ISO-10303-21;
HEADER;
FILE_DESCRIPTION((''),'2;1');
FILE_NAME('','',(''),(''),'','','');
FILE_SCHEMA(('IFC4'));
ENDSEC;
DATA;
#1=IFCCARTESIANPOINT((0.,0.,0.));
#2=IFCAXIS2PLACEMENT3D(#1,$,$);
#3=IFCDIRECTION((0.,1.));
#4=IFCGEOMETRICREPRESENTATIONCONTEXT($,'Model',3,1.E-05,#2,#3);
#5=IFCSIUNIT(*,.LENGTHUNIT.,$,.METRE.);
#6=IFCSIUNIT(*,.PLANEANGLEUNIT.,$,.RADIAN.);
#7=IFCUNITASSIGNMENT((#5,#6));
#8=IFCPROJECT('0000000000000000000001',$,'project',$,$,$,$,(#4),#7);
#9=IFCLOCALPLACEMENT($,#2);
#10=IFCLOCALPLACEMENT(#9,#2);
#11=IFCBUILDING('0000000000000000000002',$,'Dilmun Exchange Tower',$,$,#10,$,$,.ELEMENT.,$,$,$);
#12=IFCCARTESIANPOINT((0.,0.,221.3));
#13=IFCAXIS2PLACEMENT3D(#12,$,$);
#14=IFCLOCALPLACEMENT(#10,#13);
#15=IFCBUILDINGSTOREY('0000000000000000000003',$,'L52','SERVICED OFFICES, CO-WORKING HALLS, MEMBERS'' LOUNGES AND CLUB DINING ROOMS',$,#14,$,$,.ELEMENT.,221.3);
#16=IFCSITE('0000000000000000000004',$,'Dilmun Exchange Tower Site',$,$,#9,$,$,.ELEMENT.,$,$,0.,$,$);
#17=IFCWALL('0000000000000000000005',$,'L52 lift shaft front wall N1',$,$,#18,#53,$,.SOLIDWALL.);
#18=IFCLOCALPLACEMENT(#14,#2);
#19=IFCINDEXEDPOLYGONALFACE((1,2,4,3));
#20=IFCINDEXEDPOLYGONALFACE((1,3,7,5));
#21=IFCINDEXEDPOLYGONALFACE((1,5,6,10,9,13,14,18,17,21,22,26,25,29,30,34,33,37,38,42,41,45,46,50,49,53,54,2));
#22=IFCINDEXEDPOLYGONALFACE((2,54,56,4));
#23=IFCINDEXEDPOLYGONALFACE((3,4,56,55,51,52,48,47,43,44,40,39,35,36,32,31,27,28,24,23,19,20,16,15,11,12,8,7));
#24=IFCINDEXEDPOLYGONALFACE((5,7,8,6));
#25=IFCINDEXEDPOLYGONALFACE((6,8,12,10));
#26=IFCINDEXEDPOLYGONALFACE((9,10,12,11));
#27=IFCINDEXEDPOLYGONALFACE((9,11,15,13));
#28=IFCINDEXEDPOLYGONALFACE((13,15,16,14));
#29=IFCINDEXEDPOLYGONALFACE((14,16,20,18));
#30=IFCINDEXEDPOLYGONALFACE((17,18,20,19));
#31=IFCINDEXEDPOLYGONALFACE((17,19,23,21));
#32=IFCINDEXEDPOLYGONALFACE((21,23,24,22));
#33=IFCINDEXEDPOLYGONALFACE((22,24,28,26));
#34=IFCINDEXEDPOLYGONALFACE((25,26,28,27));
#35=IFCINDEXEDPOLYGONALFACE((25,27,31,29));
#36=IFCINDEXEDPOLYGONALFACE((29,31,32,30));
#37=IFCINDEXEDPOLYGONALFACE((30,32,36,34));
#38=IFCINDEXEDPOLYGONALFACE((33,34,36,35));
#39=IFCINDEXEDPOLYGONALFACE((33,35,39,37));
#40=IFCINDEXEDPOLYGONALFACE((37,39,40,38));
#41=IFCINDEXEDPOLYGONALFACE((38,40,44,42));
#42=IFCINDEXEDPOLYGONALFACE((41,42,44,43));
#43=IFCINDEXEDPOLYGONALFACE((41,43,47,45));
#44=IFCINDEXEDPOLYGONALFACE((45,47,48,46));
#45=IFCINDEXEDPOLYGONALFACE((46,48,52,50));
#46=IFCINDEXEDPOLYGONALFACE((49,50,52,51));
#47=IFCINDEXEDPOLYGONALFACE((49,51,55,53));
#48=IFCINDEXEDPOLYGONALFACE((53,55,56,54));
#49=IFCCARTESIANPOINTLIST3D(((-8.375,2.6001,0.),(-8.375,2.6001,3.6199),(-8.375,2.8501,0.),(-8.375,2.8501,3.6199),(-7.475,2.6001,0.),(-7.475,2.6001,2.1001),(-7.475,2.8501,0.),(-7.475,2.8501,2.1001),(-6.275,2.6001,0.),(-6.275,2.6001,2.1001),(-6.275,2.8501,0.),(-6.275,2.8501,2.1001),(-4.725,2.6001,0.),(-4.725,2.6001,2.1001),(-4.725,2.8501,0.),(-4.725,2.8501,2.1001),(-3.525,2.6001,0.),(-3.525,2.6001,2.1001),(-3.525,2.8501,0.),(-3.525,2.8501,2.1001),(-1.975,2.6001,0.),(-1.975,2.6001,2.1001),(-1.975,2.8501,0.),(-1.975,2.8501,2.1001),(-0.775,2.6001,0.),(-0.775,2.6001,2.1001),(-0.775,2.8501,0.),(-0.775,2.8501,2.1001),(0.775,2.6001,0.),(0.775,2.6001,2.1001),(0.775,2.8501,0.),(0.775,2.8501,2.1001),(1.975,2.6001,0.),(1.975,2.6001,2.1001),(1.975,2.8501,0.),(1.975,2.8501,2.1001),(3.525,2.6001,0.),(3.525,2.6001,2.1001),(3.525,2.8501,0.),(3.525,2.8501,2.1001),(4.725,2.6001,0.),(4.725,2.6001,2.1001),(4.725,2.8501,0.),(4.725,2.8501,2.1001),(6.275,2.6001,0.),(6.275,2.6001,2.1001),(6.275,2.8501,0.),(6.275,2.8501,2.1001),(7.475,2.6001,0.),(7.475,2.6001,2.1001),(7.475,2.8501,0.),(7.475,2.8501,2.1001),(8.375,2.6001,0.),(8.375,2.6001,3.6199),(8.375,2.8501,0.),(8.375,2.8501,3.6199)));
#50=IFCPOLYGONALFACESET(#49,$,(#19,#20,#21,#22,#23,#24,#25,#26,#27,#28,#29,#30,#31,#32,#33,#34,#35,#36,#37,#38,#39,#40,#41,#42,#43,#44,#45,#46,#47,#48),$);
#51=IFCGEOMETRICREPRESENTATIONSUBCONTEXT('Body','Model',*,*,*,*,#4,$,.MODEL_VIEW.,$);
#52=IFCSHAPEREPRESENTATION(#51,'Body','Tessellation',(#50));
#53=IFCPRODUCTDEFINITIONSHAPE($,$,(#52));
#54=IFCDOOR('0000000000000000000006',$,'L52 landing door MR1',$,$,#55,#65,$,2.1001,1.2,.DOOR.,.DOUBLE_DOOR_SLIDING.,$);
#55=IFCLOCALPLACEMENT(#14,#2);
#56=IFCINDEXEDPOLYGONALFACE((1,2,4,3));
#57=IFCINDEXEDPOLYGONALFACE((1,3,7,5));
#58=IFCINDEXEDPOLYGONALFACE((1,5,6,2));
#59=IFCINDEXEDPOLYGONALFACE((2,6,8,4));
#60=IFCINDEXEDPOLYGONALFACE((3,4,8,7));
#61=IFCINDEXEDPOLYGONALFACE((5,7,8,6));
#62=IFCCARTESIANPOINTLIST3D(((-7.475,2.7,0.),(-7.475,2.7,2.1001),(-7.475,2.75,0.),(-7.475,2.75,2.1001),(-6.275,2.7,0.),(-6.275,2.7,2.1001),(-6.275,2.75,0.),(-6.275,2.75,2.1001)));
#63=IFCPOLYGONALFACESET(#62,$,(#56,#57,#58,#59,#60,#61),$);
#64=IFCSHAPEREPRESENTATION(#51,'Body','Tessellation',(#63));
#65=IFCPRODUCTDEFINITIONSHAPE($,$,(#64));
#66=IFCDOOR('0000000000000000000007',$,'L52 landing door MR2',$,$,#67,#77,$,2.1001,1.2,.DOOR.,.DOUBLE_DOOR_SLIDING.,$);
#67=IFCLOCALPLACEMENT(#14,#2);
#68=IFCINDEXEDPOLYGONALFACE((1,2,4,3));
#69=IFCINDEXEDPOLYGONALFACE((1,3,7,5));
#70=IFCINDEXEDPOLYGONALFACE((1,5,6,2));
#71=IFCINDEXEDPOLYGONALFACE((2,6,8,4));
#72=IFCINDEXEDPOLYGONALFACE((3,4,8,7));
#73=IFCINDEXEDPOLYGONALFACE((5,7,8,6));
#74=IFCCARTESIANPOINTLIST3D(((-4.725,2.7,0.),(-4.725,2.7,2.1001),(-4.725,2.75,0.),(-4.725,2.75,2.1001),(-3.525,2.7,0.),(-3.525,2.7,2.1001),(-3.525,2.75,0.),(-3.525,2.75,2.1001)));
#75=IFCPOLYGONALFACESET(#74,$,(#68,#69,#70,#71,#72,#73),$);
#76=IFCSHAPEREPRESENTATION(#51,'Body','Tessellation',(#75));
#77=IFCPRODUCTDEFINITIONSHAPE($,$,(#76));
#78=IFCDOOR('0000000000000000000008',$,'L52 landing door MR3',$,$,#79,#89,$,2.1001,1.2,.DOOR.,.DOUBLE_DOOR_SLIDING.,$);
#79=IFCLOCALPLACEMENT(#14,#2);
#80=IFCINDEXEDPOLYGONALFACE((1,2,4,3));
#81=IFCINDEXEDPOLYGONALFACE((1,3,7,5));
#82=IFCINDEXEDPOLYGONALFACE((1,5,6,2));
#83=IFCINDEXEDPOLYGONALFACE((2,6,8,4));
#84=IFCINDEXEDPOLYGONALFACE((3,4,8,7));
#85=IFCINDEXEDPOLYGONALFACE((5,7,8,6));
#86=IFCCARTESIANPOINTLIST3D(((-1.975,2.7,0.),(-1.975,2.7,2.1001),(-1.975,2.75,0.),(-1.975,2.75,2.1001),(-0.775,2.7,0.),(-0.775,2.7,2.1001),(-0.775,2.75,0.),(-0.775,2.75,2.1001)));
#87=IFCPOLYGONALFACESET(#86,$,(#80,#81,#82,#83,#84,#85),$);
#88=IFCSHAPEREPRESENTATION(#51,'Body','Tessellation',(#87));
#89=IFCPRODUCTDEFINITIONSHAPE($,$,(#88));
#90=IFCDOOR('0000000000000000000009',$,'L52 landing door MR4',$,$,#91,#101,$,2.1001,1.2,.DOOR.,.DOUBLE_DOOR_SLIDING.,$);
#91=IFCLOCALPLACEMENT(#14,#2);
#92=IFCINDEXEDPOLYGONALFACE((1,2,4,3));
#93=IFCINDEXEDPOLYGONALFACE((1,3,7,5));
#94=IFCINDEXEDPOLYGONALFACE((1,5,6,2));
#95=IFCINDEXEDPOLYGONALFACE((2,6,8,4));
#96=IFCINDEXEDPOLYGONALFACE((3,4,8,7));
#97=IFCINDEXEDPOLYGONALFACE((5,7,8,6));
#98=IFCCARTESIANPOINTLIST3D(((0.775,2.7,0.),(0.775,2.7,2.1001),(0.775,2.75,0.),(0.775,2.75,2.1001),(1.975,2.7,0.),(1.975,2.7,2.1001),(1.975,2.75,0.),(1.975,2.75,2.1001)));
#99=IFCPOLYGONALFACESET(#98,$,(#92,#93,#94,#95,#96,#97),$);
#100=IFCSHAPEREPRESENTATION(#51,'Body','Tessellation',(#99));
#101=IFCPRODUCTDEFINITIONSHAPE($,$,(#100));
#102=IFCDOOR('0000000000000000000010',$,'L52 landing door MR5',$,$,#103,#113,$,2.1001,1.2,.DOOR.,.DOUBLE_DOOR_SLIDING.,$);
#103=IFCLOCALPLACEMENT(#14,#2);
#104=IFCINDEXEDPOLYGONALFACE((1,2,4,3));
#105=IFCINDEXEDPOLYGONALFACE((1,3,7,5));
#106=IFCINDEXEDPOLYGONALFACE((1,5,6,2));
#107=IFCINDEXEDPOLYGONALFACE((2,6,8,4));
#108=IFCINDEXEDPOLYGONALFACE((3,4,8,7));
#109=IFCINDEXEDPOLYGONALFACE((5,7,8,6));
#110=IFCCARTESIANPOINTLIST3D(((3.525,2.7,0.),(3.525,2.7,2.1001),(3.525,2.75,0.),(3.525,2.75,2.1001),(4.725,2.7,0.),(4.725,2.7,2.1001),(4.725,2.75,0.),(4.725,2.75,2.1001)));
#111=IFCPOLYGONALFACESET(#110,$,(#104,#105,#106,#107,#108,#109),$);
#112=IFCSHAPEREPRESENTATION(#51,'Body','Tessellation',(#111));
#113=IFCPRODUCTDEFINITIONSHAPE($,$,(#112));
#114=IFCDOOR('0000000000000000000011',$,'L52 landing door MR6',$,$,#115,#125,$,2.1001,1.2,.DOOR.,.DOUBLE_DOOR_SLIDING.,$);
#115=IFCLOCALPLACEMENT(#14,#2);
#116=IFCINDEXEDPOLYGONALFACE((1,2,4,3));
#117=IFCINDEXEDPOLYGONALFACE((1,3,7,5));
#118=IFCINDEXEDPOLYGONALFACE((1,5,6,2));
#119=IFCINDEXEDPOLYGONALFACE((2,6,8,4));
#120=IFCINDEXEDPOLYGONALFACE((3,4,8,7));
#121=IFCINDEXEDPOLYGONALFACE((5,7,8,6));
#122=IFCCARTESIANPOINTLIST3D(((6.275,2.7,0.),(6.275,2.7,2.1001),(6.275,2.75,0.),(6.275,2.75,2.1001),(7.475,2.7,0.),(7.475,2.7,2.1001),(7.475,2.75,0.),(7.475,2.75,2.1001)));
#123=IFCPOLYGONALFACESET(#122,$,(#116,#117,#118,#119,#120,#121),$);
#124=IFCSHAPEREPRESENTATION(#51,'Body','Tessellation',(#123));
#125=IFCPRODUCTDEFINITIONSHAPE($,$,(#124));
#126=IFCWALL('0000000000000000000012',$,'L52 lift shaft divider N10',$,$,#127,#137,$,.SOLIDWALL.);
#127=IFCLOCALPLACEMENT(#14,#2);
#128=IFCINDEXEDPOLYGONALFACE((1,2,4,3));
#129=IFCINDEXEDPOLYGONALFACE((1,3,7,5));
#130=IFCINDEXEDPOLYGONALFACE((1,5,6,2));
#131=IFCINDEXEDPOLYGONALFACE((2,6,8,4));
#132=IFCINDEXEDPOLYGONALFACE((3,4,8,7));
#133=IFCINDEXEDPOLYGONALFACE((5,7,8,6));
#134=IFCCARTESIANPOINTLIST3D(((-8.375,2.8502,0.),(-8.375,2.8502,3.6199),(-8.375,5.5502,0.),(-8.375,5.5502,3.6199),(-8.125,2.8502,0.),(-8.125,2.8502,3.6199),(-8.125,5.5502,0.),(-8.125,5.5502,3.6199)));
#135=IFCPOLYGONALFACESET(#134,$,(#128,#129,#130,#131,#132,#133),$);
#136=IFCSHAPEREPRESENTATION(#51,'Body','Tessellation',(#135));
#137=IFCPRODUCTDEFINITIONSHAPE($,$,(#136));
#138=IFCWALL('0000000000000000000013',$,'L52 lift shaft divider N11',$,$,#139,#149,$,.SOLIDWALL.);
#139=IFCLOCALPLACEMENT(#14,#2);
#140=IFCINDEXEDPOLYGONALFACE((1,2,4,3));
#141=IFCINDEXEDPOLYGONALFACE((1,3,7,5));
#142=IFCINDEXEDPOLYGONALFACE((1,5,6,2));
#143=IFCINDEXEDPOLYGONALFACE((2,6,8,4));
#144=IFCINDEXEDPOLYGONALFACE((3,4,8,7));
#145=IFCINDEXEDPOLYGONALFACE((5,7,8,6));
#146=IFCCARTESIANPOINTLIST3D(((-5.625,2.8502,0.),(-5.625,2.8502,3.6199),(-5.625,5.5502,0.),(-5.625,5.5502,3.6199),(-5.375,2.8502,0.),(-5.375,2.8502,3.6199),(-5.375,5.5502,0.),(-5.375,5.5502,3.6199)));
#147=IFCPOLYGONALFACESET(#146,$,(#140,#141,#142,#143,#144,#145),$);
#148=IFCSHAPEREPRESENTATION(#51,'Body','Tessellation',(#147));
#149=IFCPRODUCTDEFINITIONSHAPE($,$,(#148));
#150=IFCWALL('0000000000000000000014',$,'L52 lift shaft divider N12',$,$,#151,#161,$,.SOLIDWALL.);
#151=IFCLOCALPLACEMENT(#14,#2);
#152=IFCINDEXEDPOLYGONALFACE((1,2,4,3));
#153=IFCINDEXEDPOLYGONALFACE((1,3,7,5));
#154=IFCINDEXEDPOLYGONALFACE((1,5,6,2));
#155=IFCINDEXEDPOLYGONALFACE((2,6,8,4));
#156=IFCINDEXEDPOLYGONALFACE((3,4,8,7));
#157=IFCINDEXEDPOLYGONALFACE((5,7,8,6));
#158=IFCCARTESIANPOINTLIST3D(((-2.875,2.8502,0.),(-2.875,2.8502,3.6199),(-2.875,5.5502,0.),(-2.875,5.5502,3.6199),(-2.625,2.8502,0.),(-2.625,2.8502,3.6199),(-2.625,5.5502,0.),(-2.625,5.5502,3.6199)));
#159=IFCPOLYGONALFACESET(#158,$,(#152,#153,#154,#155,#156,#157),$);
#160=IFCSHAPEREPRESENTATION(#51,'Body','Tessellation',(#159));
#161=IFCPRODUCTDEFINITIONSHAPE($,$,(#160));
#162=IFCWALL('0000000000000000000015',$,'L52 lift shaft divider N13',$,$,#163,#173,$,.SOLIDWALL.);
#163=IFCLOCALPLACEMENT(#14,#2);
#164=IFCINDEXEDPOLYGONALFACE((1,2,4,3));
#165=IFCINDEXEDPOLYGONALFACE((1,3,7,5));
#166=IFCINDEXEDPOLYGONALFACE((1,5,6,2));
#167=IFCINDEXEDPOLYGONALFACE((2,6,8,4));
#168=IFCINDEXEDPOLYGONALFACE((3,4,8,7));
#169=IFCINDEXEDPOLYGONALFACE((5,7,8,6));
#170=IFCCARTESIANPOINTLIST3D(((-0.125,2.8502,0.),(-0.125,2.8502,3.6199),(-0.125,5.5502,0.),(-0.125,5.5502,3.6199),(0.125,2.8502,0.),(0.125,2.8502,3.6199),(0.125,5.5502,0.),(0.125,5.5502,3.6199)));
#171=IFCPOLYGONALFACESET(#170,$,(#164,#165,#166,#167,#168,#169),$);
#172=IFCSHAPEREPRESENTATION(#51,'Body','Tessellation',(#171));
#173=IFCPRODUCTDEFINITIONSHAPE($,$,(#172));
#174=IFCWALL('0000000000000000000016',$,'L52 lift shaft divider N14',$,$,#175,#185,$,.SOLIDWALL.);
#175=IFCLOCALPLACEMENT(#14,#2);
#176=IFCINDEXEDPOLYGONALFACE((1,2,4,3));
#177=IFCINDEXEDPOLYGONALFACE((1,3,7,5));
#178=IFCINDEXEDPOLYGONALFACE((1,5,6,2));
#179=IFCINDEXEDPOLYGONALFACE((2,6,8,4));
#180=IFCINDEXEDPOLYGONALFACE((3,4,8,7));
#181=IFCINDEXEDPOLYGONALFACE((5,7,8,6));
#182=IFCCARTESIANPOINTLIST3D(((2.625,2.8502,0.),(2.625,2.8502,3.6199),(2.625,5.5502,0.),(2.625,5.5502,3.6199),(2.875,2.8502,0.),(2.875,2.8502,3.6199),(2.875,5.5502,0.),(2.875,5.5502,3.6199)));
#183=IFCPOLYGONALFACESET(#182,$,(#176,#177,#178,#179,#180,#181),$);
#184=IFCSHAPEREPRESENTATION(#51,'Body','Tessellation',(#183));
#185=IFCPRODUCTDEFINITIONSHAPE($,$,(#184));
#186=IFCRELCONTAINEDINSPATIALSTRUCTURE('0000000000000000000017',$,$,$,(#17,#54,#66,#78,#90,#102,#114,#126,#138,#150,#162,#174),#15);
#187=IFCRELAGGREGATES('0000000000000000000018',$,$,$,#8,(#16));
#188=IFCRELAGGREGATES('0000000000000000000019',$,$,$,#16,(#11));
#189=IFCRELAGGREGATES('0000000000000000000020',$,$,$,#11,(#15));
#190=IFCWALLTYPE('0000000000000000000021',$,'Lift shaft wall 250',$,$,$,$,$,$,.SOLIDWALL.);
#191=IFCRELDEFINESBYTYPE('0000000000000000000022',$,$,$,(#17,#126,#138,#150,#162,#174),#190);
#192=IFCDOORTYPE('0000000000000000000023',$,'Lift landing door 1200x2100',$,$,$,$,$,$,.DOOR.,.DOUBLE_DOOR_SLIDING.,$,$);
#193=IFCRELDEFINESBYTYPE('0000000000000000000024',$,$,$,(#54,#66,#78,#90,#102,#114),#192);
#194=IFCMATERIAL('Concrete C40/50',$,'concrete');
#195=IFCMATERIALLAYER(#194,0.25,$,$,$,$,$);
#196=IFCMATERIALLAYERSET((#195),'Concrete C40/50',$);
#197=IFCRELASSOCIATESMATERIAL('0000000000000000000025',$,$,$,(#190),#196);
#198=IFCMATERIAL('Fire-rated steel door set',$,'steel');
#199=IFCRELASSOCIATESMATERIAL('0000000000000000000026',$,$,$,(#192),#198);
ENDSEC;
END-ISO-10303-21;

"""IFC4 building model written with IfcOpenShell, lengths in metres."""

from ifc_helpers import new_model, si_unit, direction, frame, frame_2d, origin, place, context, subcontext, project, spatial, rectangle, extrude, material, layer, layer_set, type_object, element, fill, save


model = new_model("IFC4")

# Units and contexts
model_context = context("Model", 3, precision=1e-05, world=origin(), true_north=direction((0.0, 1.0)))
body_context = subcontext(model_context, "Body", "Model", "MODEL_VIEW")
ifc_project = project(units=[si_unit("LENGTHUNIT", "METRE"), si_unit("PLANEANGLEUNIT", "RADIAN")], contexts=[model_context])

# Site, building, storey
site_placement = place(None, origin())
site = spatial("IfcSite", under=ifc_project, at=site_placement, Name="Dilmun Exchange Tower Site", CompositionType="ELEMENT", RefElevation=0.0)
building_placement = place(site_placement, origin())
building = spatial("IfcBuilding", under=site, at=building_placement, Name="Dilmun Exchange Tower", CompositionType="ELEMENT")
storey_placement = place(building_placement, frame((0.0, 0.0, 221.3)))
storey = spatial("IfcBuildingStorey", under=building, at=storey_placement, Name="L52", Description="SERVICED OFFICES, CO-WORKING HALLS, MEMBERS' LOUNGES AND CLUB DINING ROOMS", CompositionType="ELEMENT", Elevation=221.3)

# Shared definitions
ifc_material_1 = material(Name="Concrete C40/50", Category="concrete")

# Shared definitions
ifc_material_2 = material(Name="Fire-rated steel door set", Category="steel")

# Wall, openings, doors
ifc_layer_1 = layer(ifc_material_1, 0.25)
ifc_layer_set_1 = layer_set([ifc_layer_1], Name="Concrete C40/50")
wall_type_1 = type_object("IfcWallType", Name="Lift shaft wall 250", PredefinedType="SOLIDWALL", material=ifc_layer_set_1)
wall_1_placement = place(storey_placement, frame((-8.375, 2.7251, 0.0), z_axis=(0.0, 0.0, 1.0), x_axis=(1.0, 0.0, 0.0)))
wall_1 = element("IfcWall", 1, at=wall_1_placement, inside=storey, type_object=wall_type_1, Name="L52 lift shaft front wall N1", PredefinedType="SOLIDWALL", context=body_context, shape_type="SweptSolid", body=[
    extrude(rectangle(XDim=16.75, YDim=0.25, at=frame_2d((8.375, 0.0))), origin(), (0.0, 0.0, 1.0), 3.6199),
])
opening_1_placement = place(wall_1_placement, frame((0.8999, 0.0, 0.0)))
opening_1 = element("IfcOpeningElement", 2, at=opening_1_placement, cuts=wall_1, PredefinedType="OPENING", context=body_context, shape_type="SweptSolid", body=[
    extrude(rectangle(XDim=1.2, YDim=2.1001, at=frame_2d((0.6001, 1.05))), frame((0.0, 0.135, 0.0), z_axis=(0.0, -1.0, 0.0), x_axis=(1.0, 0.0, 0.0)), (0.0, 0.0, 1.0), 0.27),
])
opening_2_placement = place(wall_1_placement, frame((3.6499, 0.0, 0.0)))
opening_2 = element("IfcOpeningElement", 3, at=opening_2_placement, cuts=wall_1, PredefinedType="OPENING", context=body_context, shape_type="SweptSolid", body=[
    extrude(rectangle(XDim=1.2, YDim=2.1001, at=frame_2d((0.6001, 1.05))), frame((0.0, 0.135, 0.0), z_axis=(0.0, -1.0, 0.0), x_axis=(1.0, 0.0, 0.0)), (0.0, 0.0, 1.0), 0.27),
])
opening_3_placement = place(wall_1_placement, frame((6.3999, 0.0, 0.0)))
opening_3 = element("IfcOpeningElement", 4, at=opening_3_placement, cuts=wall_1, PredefinedType="OPENING", context=body_context, shape_type="SweptSolid", body=[
    extrude(rectangle(XDim=1.2, YDim=2.1001, at=frame_2d((0.6001, 1.05))), frame((0.0, 0.135, 0.0), z_axis=(0.0, -1.0, 0.0), x_axis=(1.0, 0.0, 0.0)), (0.0, 0.0, 1.0), 0.27),
])
opening_4_placement = place(wall_1_placement, frame((9.1499, 0.0, 0.0)))
opening_4 = element("IfcOpeningElement", 5, at=opening_4_placement, cuts=wall_1, PredefinedType="OPENING", context=body_context, shape_type="SweptSolid", body=[
    extrude(rectangle(XDim=1.2, YDim=2.1001, at=frame_2d((0.6001, 1.05))), frame((0.0, 0.135, 0.0), z_axis=(0.0, -1.0, 0.0), x_axis=(1.0, 0.0, 0.0)), (0.0, 0.0, 1.0), 0.27),
])
opening_5_placement = place(wall_1_placement, frame((11.8999, 0.0, 0.0)))
opening_5 = element("IfcOpeningElement", 6, at=opening_5_placement, cuts=wall_1, PredefinedType="OPENING", context=body_context, shape_type="SweptSolid", body=[
    extrude(rectangle(XDim=1.2, YDim=2.1001, at=frame_2d((0.6001, 1.05))), frame((0.0, 0.135, 0.0), z_axis=(0.0, -1.0, 0.0), x_axis=(1.0, 0.0, 0.0)), (0.0, 0.0, 1.0), 0.27),
])
opening_6_placement = place(wall_1_placement, frame((14.6499, 0.0, 0.0)))
opening_6 = element("IfcOpeningElement", 7, at=opening_6_placement, cuts=wall_1, PredefinedType="OPENING", context=body_context, shape_type="SweptSolid", body=[
    extrude(rectangle(XDim=1.2, YDim=2.1001, at=frame_2d((0.6001, 1.05))), frame((0.0, 0.135, 0.0), z_axis=(0.0, -1.0, 0.0), x_axis=(1.0, 0.0, 0.0)), (0.0, 0.0, 1.0), 0.27),
])
door_type_1 = type_object("IfcDoorType", Name="Lift landing door 1200x2100", OperationType="DOUBLE_DOOR_SLIDING", PredefinedType="DOOR", material=ifc_material_2)
door_1_placement = place(opening_1_placement, origin())
door_1 = element("IfcDoor", 8, at=door_1_placement, inside=storey, type_object=door_type_1, Name="L52 landing door MR1", OperationType="DOUBLE_DOOR_SLIDING", OverallHeight=2.1001, OverallWidth=1.2, PredefinedType="DOOR", context=body_context, shape_type="SweptSolid", body=[
    extrude(rectangle(XDim=1.2, YDim=2.1001, at=frame_2d((0.6001, 1.05))), frame((0.0, 0.0249, 0.0), z_axis=(0.0, -1.0, 0.0), x_axis=(1.0, 0.0, 0.0)), (0.0, 0.0, 1.0), 0.05),
])
fill(opening_1, door_1)
door_2_placement = place(opening_2_placement, origin())
door_2 = element("IfcDoor", 9, at=door_2_placement, inside=storey, type_object=door_type_1, Name="L52 landing door MR2", OperationType="DOUBLE_DOOR_SLIDING", OverallHeight=2.1001, OverallWidth=1.2, PredefinedType="DOOR", context=body_context, shape_type="SweptSolid", body=[
    extrude(rectangle(XDim=1.2, YDim=2.1001, at=frame_2d((0.6001, 1.05))), frame((0.0, 0.0249, 0.0), z_axis=(0.0, -1.0, 0.0), x_axis=(1.0, 0.0, 0.0)), (0.0, 0.0, 1.0), 0.05),
])
fill(opening_2, door_2)
door_3_placement = place(opening_3_placement, origin())
door_3 = element("IfcDoor", 10, at=door_3_placement, inside=storey, type_object=door_type_1, Name="L52 landing door MR3", OperationType="DOUBLE_DOOR_SLIDING", OverallHeight=2.1001, OverallWidth=1.2, PredefinedType="DOOR", context=body_context, shape_type="SweptSolid", body=[
    extrude(rectangle(XDim=1.2, YDim=2.1001, at=frame_2d((0.6001, 1.05))), frame((0.0, 0.0249, 0.0), z_axis=(0.0, -1.0, 0.0), x_axis=(1.0, 0.0, 0.0)), (0.0, 0.0, 1.0), 0.05),
])
fill(opening_3, door_3)
door_4_placement = place(opening_4_placement, origin())
door_4 = element("IfcDoor", 11, at=door_4_placement, inside=storey, type_object=door_type_1, Name="L52 landing door MR4", OperationType="DOUBLE_DOOR_SLIDING", OverallHeight=2.1001, OverallWidth=1.2, PredefinedType="DOOR", context=body_context, shape_type="SweptSolid", body=[
    extrude(rectangle(XDim=1.2, YDim=2.1001, at=frame_2d((0.6001, 1.05))), frame((0.0, 0.0249, 0.0), z_axis=(0.0, -1.0, 0.0), x_axis=(1.0, 0.0, 0.0)), (0.0, 0.0, 1.0), 0.05),
])
fill(opening_4, door_4)
door_5_placement = place(opening_5_placement, origin())
door_5 = element("IfcDoor", 12, at=door_5_placement, inside=storey, type_object=door_type_1, Name="L52 landing door MR5", OperationType="DOUBLE_DOOR_SLIDING", OverallHeight=2.1001, OverallWidth=1.2, PredefinedType="DOOR", context=body_context, shape_type="SweptSolid", body=[
    extrude(rectangle(XDim=1.2, YDim=2.1001, at=frame_2d((0.6001, 1.05))), frame((0.0, 0.0249, 0.0), z_axis=(0.0, -1.0, 0.0), x_axis=(1.0, 0.0, 0.0)), (0.0, 0.0, 1.0), 0.05),
])
fill(opening_5, door_5)
door_6_placement = place(opening_6_placement, origin())
door_6 = element("IfcDoor", 13, at=door_6_placement, inside=storey, type_object=door_type_1, Name="L52 landing door MR6", OperationType="DOUBLE_DOOR_SLIDING", OverallHeight=2.1001, OverallWidth=1.2, PredefinedType="DOOR", context=body_context, shape_type="SweptSolid", body=[
    extrude(rectangle(XDim=1.2, YDim=2.1001, at=frame_2d((0.6001, 1.05))), frame((0.0, 0.0249, 0.0), z_axis=(0.0, -1.0, 0.0), x_axis=(1.0, 0.0, 0.0)), (0.0, 0.0, 1.0), 0.05),
])
fill(opening_6, door_6)

# Walls
for number, where, z_axis, x_axis, name in (
    (14, (-8.25, 2.8501, 0.0), (0.0, 0.0, 1.0), (0.0, 1.0, 0.0), "L52 lift shaft divider N10"),
    (15, (-5.5, 2.8501, 0.0), (0.0, 0.0, 1.0), (0.0, 1.0, 0.0), "L52 lift shaft divider N11"),
    (16, (-2.75, 2.8501, 0.0), (0.0, 0.0, 1.0), (0.0, 1.0, 0.0), "L52 lift shaft divider N12"),
    (17, (0.0, 2.8501, 0.0), (0.0, 0.0, 1.0), (0.0, 1.0, 0.0), "L52 lift shaft divider N13"),
    (18, (2.75, 2.8501, 0.0), (0.0, 0.0, 1.0), (0.0, 1.0, 0.0), "L52 lift shaft divider N14"),
):
    element("IfcWall", number, at=place(storey_placement, frame(where, z_axis=z_axis, x_axis=x_axis)), inside=storey, type_object=wall_type_1, Name=name, PredefinedType="SOLIDWALL", context=body_context, shape_type="SweptSolid", body=[
        extrude(rectangle(XDim=2.7, YDim=0.25, at=frame_2d((1.3501, 0.0))), origin(), (0.0, 0.0, 1.0), 3.6199),
    ])

save(model, "model.ifc")
